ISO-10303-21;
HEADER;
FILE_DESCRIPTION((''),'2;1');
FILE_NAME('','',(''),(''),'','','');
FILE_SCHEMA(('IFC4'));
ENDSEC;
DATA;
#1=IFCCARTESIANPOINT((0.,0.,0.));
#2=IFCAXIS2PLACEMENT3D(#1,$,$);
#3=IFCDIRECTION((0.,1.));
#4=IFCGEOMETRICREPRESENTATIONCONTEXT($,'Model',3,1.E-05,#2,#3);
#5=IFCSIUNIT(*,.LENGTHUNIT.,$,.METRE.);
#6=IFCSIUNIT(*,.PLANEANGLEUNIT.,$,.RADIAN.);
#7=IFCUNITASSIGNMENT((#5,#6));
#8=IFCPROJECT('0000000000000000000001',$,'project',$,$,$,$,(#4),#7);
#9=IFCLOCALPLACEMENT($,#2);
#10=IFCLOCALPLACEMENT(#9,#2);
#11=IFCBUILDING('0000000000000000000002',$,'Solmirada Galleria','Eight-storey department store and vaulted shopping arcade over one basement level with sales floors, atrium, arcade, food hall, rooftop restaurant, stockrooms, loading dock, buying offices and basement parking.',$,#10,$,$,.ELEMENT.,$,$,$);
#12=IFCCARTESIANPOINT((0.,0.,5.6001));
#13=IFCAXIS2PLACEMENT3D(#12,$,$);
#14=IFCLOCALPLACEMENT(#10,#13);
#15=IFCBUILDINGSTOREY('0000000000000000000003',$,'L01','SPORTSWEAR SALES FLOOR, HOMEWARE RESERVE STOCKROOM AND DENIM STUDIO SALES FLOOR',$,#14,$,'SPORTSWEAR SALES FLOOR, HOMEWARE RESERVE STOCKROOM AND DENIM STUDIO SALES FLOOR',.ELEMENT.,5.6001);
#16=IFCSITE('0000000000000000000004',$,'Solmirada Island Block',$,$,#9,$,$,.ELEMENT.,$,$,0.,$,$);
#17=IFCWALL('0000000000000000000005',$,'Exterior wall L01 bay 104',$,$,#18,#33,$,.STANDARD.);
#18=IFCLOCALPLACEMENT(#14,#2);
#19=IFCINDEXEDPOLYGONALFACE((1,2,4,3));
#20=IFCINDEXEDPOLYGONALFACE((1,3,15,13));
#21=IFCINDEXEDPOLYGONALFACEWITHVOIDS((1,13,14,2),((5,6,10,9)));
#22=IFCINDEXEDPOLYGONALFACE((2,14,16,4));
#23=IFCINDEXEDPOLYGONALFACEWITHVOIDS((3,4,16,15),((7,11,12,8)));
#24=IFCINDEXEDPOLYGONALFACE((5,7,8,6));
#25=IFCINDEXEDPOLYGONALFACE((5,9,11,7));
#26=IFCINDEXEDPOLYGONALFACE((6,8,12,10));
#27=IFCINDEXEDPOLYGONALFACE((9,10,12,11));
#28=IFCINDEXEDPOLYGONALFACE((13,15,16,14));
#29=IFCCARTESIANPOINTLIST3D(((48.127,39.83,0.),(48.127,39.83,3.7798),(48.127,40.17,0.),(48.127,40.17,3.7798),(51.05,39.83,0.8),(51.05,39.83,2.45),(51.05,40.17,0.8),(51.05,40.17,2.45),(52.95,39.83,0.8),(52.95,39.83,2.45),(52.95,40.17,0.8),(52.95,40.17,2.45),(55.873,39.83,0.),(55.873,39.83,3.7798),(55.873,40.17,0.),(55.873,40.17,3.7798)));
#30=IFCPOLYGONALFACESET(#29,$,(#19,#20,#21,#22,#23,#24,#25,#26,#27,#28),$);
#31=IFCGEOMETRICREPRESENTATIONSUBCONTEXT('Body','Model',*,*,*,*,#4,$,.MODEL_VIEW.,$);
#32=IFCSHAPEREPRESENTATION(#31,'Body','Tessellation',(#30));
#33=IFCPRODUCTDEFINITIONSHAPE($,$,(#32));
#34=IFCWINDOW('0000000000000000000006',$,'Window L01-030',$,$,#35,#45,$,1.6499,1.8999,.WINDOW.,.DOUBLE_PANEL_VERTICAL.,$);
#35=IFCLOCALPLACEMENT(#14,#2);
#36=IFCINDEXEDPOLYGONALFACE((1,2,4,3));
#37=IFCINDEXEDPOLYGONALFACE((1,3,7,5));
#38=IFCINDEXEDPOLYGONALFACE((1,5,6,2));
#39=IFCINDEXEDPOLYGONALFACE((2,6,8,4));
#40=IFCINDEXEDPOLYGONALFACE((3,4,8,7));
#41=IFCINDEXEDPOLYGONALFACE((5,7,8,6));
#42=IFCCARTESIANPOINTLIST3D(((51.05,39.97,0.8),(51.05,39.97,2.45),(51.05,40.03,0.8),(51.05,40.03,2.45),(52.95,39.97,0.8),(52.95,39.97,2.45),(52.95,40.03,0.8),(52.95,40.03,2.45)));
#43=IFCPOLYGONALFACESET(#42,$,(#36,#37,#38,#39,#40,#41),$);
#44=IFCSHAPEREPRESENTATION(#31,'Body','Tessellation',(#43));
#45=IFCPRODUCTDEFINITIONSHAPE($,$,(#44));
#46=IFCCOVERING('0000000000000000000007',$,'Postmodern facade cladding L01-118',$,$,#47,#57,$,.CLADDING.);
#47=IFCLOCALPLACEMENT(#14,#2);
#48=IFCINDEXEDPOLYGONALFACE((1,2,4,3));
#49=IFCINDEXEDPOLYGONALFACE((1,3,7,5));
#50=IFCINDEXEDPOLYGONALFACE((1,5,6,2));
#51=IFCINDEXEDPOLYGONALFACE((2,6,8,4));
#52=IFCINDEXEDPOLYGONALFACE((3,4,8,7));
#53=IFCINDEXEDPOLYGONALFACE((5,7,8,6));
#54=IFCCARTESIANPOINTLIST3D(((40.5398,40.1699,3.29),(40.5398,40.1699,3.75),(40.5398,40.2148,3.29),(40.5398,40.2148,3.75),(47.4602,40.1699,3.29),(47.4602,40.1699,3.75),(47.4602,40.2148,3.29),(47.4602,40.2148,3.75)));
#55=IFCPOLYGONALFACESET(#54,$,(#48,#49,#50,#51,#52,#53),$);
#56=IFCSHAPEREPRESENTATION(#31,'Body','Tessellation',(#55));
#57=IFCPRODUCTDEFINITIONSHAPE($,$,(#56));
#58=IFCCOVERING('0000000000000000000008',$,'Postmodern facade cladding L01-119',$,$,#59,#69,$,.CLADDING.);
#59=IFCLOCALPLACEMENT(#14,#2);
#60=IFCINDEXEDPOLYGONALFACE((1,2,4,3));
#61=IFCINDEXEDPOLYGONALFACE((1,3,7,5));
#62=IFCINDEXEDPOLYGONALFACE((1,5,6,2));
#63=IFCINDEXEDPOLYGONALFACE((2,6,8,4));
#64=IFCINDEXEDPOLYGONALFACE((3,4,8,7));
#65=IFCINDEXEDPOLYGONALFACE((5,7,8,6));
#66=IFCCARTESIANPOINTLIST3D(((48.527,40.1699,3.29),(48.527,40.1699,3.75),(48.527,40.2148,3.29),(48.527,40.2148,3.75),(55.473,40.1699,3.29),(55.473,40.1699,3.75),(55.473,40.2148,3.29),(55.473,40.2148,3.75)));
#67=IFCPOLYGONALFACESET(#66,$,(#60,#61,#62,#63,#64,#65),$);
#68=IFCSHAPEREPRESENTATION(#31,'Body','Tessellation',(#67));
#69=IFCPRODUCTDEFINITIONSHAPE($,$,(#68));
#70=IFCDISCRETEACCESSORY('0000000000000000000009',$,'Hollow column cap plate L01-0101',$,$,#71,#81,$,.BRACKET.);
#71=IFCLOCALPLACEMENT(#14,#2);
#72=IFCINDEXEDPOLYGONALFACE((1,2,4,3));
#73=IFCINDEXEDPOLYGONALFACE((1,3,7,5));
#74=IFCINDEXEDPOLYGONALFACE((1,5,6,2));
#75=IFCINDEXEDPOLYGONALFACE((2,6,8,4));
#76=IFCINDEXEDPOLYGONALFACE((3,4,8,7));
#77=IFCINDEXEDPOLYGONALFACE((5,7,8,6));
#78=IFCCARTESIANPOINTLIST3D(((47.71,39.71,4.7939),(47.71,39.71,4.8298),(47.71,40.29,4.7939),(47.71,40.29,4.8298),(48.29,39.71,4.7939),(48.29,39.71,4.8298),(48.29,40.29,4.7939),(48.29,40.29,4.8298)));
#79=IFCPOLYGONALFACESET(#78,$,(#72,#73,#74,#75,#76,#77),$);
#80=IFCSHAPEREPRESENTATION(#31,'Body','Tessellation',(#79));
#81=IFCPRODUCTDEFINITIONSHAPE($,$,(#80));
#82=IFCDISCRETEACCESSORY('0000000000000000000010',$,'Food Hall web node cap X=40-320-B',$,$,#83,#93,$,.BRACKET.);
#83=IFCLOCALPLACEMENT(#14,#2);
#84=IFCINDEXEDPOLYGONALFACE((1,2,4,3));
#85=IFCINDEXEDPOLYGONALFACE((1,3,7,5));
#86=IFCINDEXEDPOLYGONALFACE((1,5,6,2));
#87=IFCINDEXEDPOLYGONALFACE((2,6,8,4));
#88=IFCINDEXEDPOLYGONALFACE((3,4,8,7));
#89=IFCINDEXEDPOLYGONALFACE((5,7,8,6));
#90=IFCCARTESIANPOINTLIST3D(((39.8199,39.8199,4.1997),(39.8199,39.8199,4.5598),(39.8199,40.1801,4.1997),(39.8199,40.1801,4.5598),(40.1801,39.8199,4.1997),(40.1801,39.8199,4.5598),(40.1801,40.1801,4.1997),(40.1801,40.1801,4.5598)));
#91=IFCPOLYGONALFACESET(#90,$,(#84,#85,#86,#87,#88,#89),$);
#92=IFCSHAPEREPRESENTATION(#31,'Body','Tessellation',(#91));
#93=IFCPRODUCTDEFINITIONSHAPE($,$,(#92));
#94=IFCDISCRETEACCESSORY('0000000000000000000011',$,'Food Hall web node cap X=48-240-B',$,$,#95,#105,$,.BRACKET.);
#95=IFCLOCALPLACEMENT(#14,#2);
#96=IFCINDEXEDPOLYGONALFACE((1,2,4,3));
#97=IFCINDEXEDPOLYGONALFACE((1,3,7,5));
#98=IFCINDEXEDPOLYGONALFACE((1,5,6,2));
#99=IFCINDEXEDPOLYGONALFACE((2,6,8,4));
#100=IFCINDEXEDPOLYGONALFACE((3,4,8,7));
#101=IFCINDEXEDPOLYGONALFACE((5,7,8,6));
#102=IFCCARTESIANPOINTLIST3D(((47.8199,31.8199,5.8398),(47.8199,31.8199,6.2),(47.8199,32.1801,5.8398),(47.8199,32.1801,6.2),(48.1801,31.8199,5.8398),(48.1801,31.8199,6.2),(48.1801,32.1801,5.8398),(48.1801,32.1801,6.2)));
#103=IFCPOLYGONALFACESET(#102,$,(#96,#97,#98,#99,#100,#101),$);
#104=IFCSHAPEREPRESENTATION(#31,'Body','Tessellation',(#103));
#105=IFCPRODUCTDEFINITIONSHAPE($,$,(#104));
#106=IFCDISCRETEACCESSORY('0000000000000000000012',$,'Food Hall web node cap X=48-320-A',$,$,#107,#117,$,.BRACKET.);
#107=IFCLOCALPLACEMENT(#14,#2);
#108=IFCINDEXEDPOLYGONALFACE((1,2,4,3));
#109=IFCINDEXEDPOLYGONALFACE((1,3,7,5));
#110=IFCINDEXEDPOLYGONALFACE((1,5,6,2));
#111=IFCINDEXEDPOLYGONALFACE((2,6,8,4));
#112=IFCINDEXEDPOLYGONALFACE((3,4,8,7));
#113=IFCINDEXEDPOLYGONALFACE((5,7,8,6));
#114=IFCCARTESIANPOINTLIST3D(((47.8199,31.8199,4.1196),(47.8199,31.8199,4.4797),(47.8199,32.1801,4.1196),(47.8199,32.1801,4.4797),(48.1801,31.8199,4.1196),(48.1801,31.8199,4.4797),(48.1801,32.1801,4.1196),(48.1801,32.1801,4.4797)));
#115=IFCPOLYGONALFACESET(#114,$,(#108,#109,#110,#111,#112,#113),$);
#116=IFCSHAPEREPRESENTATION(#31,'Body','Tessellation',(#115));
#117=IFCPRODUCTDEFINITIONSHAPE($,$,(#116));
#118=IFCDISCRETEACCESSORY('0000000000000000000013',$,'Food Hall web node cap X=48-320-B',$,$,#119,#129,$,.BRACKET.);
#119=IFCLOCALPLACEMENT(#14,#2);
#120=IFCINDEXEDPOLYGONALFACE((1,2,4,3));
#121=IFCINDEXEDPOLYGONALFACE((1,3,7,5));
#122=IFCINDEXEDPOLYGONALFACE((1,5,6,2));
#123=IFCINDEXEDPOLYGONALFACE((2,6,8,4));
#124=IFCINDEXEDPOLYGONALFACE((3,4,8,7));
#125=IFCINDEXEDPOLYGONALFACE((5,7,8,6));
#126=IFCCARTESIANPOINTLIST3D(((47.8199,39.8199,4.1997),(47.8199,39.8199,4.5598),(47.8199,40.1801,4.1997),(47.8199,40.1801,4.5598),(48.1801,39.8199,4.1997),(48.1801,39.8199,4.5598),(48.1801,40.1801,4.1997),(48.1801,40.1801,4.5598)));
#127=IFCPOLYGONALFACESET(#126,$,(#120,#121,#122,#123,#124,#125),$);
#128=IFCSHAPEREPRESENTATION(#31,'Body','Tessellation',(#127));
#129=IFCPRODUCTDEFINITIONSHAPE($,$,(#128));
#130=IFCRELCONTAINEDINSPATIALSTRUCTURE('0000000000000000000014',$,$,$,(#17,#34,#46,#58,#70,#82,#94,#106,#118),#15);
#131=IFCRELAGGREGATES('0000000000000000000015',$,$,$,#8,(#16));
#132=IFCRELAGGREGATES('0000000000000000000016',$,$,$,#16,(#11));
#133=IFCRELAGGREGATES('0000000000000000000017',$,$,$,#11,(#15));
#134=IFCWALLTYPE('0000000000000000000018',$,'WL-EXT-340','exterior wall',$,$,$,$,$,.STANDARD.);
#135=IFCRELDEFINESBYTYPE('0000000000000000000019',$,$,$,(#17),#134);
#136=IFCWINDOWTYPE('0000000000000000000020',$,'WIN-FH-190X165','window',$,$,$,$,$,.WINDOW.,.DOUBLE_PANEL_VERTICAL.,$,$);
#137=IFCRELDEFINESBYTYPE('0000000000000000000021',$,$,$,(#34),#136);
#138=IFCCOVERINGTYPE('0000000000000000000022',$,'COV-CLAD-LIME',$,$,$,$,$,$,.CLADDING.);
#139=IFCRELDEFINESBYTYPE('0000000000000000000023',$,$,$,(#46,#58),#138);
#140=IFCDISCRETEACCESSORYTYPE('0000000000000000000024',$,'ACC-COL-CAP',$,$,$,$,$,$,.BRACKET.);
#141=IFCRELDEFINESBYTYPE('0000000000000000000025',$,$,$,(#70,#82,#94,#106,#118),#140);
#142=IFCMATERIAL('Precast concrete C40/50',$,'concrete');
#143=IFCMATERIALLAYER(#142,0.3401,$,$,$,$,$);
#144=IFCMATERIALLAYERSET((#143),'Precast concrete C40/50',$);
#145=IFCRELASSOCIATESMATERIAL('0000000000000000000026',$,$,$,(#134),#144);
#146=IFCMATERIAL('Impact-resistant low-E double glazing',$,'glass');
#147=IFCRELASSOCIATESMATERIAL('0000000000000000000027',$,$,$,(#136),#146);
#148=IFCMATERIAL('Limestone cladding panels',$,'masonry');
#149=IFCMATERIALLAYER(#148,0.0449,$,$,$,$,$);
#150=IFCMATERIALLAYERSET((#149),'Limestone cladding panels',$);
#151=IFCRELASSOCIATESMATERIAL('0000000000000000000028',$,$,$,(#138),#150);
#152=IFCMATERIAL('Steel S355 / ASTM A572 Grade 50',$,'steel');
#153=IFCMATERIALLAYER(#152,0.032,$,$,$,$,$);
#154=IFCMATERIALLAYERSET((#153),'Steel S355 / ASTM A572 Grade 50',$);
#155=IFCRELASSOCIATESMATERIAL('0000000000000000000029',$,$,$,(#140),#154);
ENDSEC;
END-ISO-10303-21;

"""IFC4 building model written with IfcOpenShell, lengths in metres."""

from ifc_helpers import new_model, si_unit, direction, frame, frame_2d, origin, origin_2d, place, context, subcontext, project, spatial, rectangle, extrude, material, layer, layer_set, type_object, element, fill, save


model = new_model("IFC4")

# Units and contexts
model_context = context("Model", 3, precision=1e-05, world=origin(), true_north=direction((0.0, 1.0)))
body_context = subcontext(model_context, "Body", "Model", "MODEL_VIEW")
ifc_project = project(units=[si_unit("LENGTHUNIT", "METRE"), si_unit("PLANEANGLEUNIT", "RADIAN")], contexts=[model_context])

# Site, building, storey
site_placement = place(None, origin())
site = spatial("IfcSite", under=ifc_project, at=site_placement, Name="Solmirada Island Block", CompositionType="ELEMENT", RefElevation=0.0)
building_placement = place(site_placement, origin())
building = spatial("IfcBuilding", under=site, at=building_placement, Name="Solmirada Galleria", Description="Eight-storey department store and vaulted shopping arcade over one basement level with sales floors, atrium, arcade, food hall, rooftop restaurant, stockrooms, loading dock, buying offices and basement parking.", CompositionType="ELEMENT")
storey_placement = place(building_placement, frame((0.0, 0.0, 5.6001)))
storey = spatial("IfcBuildingStorey", under=building, at=storey_placement, Name="L01", Description="SPORTSWEAR SALES FLOOR, HOMEWARE RESERVE STOCKROOM AND DENIM STUDIO SALES FLOOR", LongName="SPORTSWEAR SALES FLOOR, HOMEWARE RESERVE STOCKROOM AND DENIM STUDIO SALES FLOOR", CompositionType="ELEMENT", Elevation=5.6001)

# Wall, opening, window
ifc_material_1 = material(Name="Precast concrete C40/50", Category="concrete")
ifc_layer_1 = layer(ifc_material_1, 0.3401)
ifc_layer_set_1 = layer_set([ifc_layer_1], Name="Precast concrete C40/50")
wall_type = type_object("IfcWallType", Name="WL-EXT-340", Description="exterior wall", PredefinedType="STANDARD", material=ifc_layer_set_1)
ifc_material_2 = material(Name="Impact-resistant low-E double glazing", Category="glass")
window_type = type_object("IfcWindowType", Name="WIN-FH-190X165", Description="window", PartitioningType="DOUBLE_PANEL_VERTICAL", PredefinedType="WINDOW", material=ifc_material_2)
wall_1_placement = place(storey_placement, frame((48.127, 40.0, 0.0), z_axis=(0.0, 0.0, 1.0), x_axis=(1.0, 0.0, 0.0)))
wall_1 = element("IfcWall", 1, at=wall_1_placement, inside=storey, type_object=wall_type, Name="Exterior wall L01 bay 104", PredefinedType="STANDARD", context=body_context, shape_type="SweptSolid", body=[
    extrude(rectangle(XDim=7.7461, YDim=0.3401, at=frame_2d((3.873, 0.0))), origin(), (0.0, 0.0, 1.0), 3.7798),
])
opening_1_placement = place(wall_1_placement, frame((2.9231, 0.0, 0.8)))
opening_1 = element("IfcOpeningElement", 2, at=opening_1_placement, cuts=wall_1, PredefinedType="OPENING", context=body_context, shape_type="SweptSolid", body=[
    extrude(rectangle(XDim=1.8999, YDim=1.6499, at=frame_2d((0.95, 0.825))), frame((0.0, 0.1799, 0.0), z_axis=(0.0, -1.0, 0.0), x_axis=(1.0, 0.0, 0.0)), (0.0, 0.0, 1.0), 0.3601),
])
window_1_placement = place(opening_1_placement, origin())
window_1 = element("IfcWindow", 3, at=window_1_placement, inside=storey, type_object=window_type, Name="Window L01-030", OverallHeight=1.6499, OverallWidth=1.8999, PartitioningType="DOUBLE_PANEL_VERTICAL", PredefinedType="WINDOW", context=body_context, shape_type="SweptSolid", body=[
    extrude(rectangle(XDim=1.8999, YDim=1.6499, at=frame_2d((0.95, 0.825))), frame((0.0, 0.03, 0.0), z_axis=(0.0, -1.0, 0.0), x_axis=(1.0, 0.0, 0.0)), (0.0, 0.0, 1.0), 0.0601),
])
fill(opening_1, window_1)

# Coverings
ifc_material_3 = material(Name="Limestone cladding panels", Category="masonry")
ifc_layer_2 = layer(ifc_material_3, 0.0449)
ifc_layer_set_2 = layer_set([ifc_layer_2], Name="Limestone cladding panels")
covering_type = type_object("IfcCoveringType", Name="COV-CLAD-LIME", PredefinedType="CLADDING", material=ifc_layer_set_2)
covering_1_placement = place(storey_placement, frame((44.0, 40.1924, 3.29), z_axis=(0.0, 0.0, 1.0), x_axis=(1.0, 0.0, 0.0)))
element("IfcCovering", 4, at=covering_1_placement, inside=storey, type_object=covering_type, Name="Postmodern facade cladding L01-118", PredefinedType="CLADDING", context=body_context, shape_type="SweptSolid", body=[
    extrude(rectangle(XDim=6.9204, YDim=0.0449, at=origin_2d()), origin(), (0.0, 0.0, 1.0), 0.46),
])
covering_2_placement = place(storey_placement, frame((52.0, 40.1924, 3.29), z_axis=(0.0, 0.0, 1.0), x_axis=(1.0, 0.0, 0.0)))
element("IfcCovering", 5, at=covering_2_placement, inside=storey, type_object=covering_type, Name="Postmodern facade cladding L01-119", PredefinedType="CLADDING", context=body_context, shape_type="SweptSolid", body=[
    extrude(rectangle(XDim=6.946, YDim=0.0449, at=origin_2d()), origin(), (0.0, 0.0, 1.0), 0.46),
])

# Discrete accessories
ifc_material_4 = material(Name="Steel S355 / ASTM A572 Grade 50", Category="steel")
ifc_layer_3 = layer(ifc_material_4, 0.032)
ifc_layer_set_3 = layer_set([ifc_layer_3], Name="Steel S355 / ASTM A572 Grade 50")
discrete_accessory_type = type_object("IfcDiscreteAccessoryType", Name="ACC-COL-CAP", PredefinedType="BRACKET", material=ifc_layer_set_3)
discrete_accessory_placement = place(storey_placement, frame((48.0, 40.0, 4.7939), z_axis=(0.0, 0.0, 1.0), x_axis=(1.0, 0.0, 0.0)))
element("IfcDiscreteAccessory", 6, at=discrete_accessory_placement, inside=storey, type_object=discrete_accessory_type, Name="Hollow column cap plate L01-0101", PredefinedType="BRACKET", context=body_context, shape_type="SweptSolid", body=[
    extrude(rectangle(XDim=0.5801, YDim=0.5801, at=origin_2d()), origin(), (0.0, 0.0, 1.0), 0.0359),
])
for number, where, z_axis, x_axis, name in (
    (7, (40.0, 40.0, 4.1997), (0.0, 0.0, 1.0), (1.0, 0.0, 0.0), "Food Hall web node cap X=40-320-B"),
    (8, (48.0, 32.0, 5.8398), (0.0, 0.0, 1.0), (1.0, 0.0, 0.0), "Food Hall web node cap X=48-240-B"),
    (9, (48.0, 32.0, 4.1196), (0.0, 0.0, 1.0), (1.0, 0.0, 0.0), "Food Hall web node cap X=48-320-A"),
    (10, (48.0, 40.0, 4.1997), (0.0, 0.0, 1.0), (1.0, 0.0, 0.0), "Food Hall web node cap X=48-320-B"),
):
    element("IfcDiscreteAccessory", number, at=place(storey_placement, frame(where, z_axis=z_axis, x_axis=x_axis)), inside=storey, type_object=discrete_accessory_type, Name=name, PredefinedType="BRACKET", context=body_context, shape_type="SweptSolid", body=[
        extrude(rectangle(XDim=0.3601, YDim=0.3601, at=origin_2d()), origin(), (0.0, 0.0, 1.0), 0.3601),
    ])

save(model, "model.ifc")
